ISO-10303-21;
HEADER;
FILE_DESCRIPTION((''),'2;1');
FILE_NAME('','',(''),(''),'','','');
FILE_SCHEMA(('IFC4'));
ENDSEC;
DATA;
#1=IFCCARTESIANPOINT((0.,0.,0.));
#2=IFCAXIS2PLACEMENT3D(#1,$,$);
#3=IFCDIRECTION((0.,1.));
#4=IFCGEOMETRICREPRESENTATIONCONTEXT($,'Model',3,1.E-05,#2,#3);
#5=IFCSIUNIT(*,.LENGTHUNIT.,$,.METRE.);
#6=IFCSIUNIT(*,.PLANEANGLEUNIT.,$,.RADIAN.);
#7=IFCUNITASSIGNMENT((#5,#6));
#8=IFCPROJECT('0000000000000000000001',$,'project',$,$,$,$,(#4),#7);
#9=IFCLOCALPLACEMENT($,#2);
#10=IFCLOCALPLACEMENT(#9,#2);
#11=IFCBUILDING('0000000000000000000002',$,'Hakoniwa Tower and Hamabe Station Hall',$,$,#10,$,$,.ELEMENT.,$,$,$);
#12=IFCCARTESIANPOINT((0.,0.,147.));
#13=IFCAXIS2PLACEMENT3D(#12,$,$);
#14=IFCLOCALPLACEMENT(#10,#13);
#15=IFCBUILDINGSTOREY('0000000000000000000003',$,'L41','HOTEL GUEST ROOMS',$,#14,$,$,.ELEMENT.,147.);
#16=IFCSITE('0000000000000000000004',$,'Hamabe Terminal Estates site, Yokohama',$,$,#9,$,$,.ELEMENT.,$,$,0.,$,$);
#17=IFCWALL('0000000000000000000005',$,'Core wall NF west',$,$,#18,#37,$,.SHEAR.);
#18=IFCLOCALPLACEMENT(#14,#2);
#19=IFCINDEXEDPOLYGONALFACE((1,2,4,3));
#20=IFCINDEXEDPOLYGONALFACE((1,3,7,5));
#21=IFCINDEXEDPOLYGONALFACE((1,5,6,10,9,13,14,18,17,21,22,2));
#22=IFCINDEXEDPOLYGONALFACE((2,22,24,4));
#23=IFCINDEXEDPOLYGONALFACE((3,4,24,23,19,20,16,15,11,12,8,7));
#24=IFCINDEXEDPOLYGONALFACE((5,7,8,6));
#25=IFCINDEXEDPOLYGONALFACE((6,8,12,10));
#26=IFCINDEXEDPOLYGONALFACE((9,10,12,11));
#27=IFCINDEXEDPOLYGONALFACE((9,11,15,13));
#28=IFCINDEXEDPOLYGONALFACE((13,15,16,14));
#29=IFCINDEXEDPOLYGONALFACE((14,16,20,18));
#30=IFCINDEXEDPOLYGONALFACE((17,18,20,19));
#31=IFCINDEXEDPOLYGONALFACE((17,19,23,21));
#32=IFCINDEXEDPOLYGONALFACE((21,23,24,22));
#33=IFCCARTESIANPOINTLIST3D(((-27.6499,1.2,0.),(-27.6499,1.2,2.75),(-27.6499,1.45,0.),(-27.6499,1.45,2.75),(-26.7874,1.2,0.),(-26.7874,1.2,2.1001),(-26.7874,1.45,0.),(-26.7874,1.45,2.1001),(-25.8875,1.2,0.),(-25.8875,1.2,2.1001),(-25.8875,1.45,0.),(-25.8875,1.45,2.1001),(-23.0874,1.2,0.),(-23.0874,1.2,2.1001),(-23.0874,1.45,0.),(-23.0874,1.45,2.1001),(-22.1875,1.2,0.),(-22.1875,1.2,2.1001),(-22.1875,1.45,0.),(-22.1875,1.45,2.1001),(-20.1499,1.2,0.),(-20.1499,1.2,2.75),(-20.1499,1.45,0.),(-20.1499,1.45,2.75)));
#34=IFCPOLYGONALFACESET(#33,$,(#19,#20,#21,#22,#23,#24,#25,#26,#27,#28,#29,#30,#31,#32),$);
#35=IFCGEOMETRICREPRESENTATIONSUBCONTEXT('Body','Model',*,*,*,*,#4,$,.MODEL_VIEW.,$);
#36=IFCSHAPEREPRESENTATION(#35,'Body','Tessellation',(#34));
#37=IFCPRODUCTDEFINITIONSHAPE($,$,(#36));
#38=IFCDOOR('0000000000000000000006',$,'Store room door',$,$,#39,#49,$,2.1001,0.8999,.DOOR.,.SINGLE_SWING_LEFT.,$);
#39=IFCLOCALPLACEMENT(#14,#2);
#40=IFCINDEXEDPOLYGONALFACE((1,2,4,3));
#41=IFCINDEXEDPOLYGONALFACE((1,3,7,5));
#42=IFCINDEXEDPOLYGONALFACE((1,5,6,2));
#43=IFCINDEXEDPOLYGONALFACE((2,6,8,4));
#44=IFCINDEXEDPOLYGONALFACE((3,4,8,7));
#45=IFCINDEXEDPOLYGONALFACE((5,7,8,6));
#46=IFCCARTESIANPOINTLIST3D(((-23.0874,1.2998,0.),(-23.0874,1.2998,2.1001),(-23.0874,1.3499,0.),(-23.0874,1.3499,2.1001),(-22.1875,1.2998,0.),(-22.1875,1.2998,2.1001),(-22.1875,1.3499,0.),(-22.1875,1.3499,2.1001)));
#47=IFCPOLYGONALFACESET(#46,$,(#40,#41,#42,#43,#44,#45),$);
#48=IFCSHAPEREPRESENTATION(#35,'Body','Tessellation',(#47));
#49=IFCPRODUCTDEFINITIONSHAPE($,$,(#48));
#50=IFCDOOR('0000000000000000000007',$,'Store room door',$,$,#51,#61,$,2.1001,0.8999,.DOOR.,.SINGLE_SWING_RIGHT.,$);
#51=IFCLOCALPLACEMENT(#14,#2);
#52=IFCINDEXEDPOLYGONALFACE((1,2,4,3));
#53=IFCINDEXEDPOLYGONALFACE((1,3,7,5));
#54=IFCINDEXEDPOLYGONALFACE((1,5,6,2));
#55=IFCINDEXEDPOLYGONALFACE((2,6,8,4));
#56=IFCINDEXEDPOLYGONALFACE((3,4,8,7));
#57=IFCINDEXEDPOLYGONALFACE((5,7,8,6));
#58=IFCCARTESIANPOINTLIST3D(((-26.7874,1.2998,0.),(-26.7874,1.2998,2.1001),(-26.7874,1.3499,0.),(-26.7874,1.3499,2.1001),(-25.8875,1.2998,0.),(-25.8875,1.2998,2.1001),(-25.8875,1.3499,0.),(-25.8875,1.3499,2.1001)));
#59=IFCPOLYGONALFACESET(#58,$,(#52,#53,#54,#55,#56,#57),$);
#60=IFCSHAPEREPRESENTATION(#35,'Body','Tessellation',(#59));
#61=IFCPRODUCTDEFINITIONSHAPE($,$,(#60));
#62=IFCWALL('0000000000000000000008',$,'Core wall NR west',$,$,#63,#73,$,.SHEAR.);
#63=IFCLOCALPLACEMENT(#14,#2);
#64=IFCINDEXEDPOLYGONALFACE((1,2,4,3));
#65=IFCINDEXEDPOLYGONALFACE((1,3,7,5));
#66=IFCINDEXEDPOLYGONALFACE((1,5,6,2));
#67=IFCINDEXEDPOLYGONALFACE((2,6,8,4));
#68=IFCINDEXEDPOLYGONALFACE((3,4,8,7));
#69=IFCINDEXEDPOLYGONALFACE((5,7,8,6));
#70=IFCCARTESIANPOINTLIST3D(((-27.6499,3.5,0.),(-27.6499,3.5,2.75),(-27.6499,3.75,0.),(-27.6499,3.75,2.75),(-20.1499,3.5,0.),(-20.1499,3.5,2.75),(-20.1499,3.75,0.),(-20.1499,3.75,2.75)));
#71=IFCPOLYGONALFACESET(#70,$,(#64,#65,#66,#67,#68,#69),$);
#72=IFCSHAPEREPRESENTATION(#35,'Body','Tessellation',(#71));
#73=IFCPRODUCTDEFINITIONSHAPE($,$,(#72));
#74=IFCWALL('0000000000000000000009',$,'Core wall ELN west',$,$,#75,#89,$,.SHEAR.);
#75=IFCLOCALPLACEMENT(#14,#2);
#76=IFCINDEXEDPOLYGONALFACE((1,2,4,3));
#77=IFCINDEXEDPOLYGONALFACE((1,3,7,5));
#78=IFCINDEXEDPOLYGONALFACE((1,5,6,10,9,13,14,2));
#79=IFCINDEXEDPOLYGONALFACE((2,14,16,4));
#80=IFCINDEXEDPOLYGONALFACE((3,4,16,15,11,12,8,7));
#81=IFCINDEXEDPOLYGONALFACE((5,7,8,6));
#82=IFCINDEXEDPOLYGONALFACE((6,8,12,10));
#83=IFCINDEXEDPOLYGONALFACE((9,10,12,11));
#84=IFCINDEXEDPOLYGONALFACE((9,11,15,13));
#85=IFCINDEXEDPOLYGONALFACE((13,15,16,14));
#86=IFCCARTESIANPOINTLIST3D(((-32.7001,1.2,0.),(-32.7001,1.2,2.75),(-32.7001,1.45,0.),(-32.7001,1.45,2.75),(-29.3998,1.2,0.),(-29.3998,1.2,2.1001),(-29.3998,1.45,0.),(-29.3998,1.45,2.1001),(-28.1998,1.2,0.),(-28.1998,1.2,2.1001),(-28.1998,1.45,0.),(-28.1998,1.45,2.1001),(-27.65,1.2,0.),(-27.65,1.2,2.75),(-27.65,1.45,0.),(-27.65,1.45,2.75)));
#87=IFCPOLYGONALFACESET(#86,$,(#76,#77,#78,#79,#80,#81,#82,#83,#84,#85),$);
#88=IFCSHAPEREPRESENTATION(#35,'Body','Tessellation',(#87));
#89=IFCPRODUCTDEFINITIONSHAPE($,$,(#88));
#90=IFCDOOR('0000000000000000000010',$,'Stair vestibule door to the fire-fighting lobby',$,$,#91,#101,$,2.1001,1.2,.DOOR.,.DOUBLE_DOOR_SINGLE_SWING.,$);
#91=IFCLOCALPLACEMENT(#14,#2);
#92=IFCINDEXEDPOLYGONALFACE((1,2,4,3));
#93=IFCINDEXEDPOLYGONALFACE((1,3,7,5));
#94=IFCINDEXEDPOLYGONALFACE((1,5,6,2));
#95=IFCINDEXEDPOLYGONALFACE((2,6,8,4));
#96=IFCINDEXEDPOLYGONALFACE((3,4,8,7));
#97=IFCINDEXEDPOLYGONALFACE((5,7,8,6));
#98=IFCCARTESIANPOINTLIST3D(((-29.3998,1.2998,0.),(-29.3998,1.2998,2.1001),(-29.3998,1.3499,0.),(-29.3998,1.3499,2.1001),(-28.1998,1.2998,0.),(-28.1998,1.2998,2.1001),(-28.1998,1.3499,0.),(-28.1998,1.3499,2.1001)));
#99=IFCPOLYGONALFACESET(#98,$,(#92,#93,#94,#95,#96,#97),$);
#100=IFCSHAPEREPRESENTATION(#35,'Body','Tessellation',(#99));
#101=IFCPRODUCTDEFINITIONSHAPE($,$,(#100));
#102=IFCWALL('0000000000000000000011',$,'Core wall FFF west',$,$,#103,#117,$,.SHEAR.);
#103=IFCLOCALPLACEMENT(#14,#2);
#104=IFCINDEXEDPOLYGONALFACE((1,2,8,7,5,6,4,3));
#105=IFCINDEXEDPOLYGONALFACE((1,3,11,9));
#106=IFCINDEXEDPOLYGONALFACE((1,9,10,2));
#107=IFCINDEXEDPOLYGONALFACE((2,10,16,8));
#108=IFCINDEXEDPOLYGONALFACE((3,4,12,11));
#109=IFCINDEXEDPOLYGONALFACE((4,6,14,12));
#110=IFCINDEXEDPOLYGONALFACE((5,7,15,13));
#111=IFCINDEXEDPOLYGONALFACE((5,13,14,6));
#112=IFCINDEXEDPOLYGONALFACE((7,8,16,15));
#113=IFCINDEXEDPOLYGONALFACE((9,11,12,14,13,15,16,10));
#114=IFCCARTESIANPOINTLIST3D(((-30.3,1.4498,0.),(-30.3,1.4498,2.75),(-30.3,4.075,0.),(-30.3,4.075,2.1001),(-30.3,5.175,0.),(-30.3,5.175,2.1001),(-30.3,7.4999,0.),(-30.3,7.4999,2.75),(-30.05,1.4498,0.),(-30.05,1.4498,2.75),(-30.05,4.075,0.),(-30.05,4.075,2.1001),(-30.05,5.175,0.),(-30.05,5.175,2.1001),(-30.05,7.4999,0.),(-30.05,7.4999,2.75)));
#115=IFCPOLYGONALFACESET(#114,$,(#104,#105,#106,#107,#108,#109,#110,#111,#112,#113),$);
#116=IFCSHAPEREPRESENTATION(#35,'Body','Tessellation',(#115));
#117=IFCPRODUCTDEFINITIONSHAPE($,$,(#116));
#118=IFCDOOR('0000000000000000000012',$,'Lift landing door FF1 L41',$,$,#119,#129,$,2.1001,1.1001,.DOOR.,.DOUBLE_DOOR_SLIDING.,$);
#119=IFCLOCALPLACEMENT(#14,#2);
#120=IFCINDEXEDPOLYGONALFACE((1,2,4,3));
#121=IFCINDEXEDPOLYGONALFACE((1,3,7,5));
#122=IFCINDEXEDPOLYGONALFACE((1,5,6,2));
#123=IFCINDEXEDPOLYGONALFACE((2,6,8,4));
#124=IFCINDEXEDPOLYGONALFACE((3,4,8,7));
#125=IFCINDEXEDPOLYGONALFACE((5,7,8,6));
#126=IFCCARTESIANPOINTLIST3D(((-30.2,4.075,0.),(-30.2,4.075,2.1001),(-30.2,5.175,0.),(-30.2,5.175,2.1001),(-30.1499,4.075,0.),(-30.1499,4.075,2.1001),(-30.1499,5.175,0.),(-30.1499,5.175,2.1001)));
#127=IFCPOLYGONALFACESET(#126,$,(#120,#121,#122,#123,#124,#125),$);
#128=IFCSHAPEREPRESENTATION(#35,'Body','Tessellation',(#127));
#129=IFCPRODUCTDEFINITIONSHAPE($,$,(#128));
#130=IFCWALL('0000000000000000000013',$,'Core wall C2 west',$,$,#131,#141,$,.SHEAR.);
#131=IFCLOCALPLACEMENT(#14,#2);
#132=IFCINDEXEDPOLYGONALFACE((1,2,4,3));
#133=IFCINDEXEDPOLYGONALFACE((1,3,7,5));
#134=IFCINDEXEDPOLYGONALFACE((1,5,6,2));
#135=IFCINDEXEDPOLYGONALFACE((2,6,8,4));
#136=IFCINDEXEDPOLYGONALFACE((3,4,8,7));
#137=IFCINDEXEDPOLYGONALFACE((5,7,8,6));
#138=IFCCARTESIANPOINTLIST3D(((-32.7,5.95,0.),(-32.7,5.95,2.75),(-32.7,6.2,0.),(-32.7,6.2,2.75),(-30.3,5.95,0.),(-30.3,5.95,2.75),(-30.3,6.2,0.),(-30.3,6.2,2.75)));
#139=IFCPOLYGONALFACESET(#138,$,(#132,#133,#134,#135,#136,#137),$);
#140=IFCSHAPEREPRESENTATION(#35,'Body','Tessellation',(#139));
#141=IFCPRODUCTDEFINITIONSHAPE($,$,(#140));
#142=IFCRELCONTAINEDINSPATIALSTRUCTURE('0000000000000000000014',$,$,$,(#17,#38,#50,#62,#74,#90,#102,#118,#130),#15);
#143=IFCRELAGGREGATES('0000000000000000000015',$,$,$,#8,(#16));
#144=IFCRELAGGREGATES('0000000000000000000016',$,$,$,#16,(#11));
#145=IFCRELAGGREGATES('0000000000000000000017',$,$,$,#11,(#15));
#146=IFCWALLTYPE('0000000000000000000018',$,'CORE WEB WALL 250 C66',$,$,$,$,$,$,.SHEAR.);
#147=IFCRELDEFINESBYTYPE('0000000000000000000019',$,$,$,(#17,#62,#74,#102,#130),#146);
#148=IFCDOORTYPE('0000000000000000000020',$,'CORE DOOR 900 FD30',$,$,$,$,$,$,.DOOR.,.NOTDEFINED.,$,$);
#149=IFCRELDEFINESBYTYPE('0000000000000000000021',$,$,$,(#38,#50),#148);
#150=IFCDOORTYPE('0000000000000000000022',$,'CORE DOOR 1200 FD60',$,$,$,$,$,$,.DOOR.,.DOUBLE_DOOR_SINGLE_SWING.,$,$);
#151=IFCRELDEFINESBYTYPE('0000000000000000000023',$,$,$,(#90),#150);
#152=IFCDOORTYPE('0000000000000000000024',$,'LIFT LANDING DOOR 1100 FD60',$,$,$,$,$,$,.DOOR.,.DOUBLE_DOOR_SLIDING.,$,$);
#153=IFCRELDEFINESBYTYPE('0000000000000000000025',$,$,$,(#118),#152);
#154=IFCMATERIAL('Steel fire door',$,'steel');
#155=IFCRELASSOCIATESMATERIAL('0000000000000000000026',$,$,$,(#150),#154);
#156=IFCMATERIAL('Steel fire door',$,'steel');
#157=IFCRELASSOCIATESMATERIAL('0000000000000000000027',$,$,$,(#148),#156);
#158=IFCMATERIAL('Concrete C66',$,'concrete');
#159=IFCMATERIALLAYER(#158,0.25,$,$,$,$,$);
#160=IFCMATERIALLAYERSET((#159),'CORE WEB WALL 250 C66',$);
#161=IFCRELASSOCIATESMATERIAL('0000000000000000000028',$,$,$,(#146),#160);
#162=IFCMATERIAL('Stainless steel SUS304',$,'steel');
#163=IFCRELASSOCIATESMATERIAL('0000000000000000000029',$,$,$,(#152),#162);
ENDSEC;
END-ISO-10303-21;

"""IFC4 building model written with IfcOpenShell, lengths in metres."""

from ifc_helpers import new_model, si_unit, direction, frame, frame_2d, origin, place, context, subcontext, project, spatial, rectangle, extrude, material, layer, layer_set, type_object, element, fill, save


model = new_model("IFC4")

# Units and contexts
model_context = context("Model", 3, precision=1e-05, world=origin(), true_north=direction((0.0, 1.0)))
body_context = subcontext(model_context, "Body", "Model", "MODEL_VIEW")
ifc_project = project(units=[si_unit("LENGTHUNIT", "METRE"), si_unit("PLANEANGLEUNIT", "RADIAN")], contexts=[model_context])

# Site, building, storey
site_placement = place(None, origin())
site = spatial("IfcSite", under=ifc_project, at=site_placement, Name="Hamabe Terminal Estates site, Yokohama", CompositionType="ELEMENT", RefElevation=0.0)
building_placement = place(site_placement, origin())
building = spatial("IfcBuilding", under=site, at=building_placement, Name="Hakoniwa Tower and Hamabe Station Hall", CompositionType="ELEMENT")
storey_placement = place(building_placement, frame((0.0, 0.0, 147.0)))
storey = spatial("IfcBuildingStorey", under=building, at=storey_placement, Name="L41", Description="HOTEL GUEST ROOMS", CompositionType="ELEMENT", Elevation=147.0)

# Shared definitions
ifc_material_1 = material(Name="Steel fire door", Category="steel")
door_type_1 = type_object("IfcDoorType", Name="CORE DOOR 1200 FD60", OperationType="DOUBLE_DOOR_SINGLE_SWING", PredefinedType="DOOR", material=ifc_material_1)
ifc_material_2 = material(Name="Steel fire door", Category="steel")
door_type_2 = type_object("IfcDoorType", Name="CORE DOOR 900 FD30", OperationType="NOTDEFINED", PredefinedType="DOOR", material=ifc_material_2)

# Wall, openings, doors
ifc_material_3 = material(Name="Concrete C66", Category="concrete")
ifc_layer_1 = layer(ifc_material_3, 0.25)
ifc_layer_set_1 = layer_set([ifc_layer_1], Name="CORE WEB WALL 250 C66")
wall_type_1 = type_object("IfcWallType", Name="CORE WEB WALL 250 C66", PredefinedType="SHEAR", material=ifc_layer_set_1)
wall_1_placement = place(storey_placement, frame((-27.6499, 1.325, 0.0), z_axis=(0.0, 0.0, 1.0), x_axis=(1.0, 0.0, 0.0)))
wall_1 = element("IfcWall", 1, at=wall_1_placement, inside=storey, type_object=wall_type_1, Name="Core wall NF west", PredefinedType="SHEAR", context=body_context, shape_type="SweptSolid", body=[
    extrude(rectangle(XDim=7.5, YDim=0.25, at=frame_2d((3.75, 0.0))), origin(), (0.0, 0.0, 1.0), 2.75),
])
opening_1_placement = place(wall_1_placement, frame((4.5625, 0.0, 0.0)))
opening_1 = element("IfcOpeningElement", 2, at=opening_1_placement, cuts=wall_1, PredefinedType="OPENING", context=body_context, shape_type="SweptSolid", body=[
    extrude(rectangle(XDim=0.8999, YDim=2.1001, at=frame_2d((0.45, 1.05))), frame((0.0, 0.135, 0.0), z_axis=(0.0, -1.0, 0.0), x_axis=(1.0, 0.0, 0.0)), (0.0, 0.0, 1.0), 0.27),
])
opening_2_placement = place(wall_1_placement, frame((0.8625, 0.0, 0.0)))
opening_2 = element("IfcOpeningElement", 3, at=opening_2_placement, cuts=wall_1, PredefinedType="OPENING", context=body_context, shape_type="SweptSolid", body=[
    extrude(rectangle(XDim=0.8999, YDim=2.1001, at=frame_2d((0.45, 1.05))), frame((0.0, 0.135, 0.0), z_axis=(0.0, -1.0, 0.0), x_axis=(1.0, 0.0, 0.0)), (0.0, 0.0, 1.0), 0.27),
])
door_1_placement = place(opening_1_placement, origin())
door_1 = element("IfcDoor", 4, at=door_1_placement, inside=storey, type_object=door_type_2, Name="Store room door", OperationType="SINGLE_SWING_LEFT", OverallHeight=2.1001, OverallWidth=0.8999, PredefinedType="DOOR", context=body_context, shape_type="SweptSolid", body=[
    extrude(rectangle(XDim=0.8999, YDim=2.1001, at=frame_2d((0.45, 1.05))), frame((0.0, 0.0249, 0.0), z_axis=(0.0, -1.0, 0.0), x_axis=(1.0, 0.0, 0.0)), (0.0, 0.0, 1.0), 0.05),
])
fill(opening_1, door_1)
door_2_placement = place(opening_2_placement, origin())
door_2 = element("IfcDoor", 5, at=door_2_placement, inside=storey, type_object=door_type_2, Name="Store room door", OperationType="SINGLE_SWING_RIGHT", OverallHeight=2.1001, OverallWidth=0.8999, PredefinedType="DOOR", context=body_context, shape_type="SweptSolid", body=[
    extrude(rectangle(XDim=0.8999, YDim=2.1001, at=frame_2d((0.45, 1.05))), frame((0.0, 0.0249, 0.0), z_axis=(0.0, -1.0, 0.0), x_axis=(1.0, 0.0, 0.0)), (0.0, 0.0, 1.0), 0.05),
])
fill(opening_2, door_2)

# Wall
wall_2_placement = place(storey_placement, frame((-27.6499, 3.625, 0.0), z_axis=(0.0, 0.0, 1.0), x_axis=(1.0, 0.0, 0.0)))
element("IfcWall", 6, at=wall_2_placement, inside=storey, type_object=wall_type_1, Name="Core wall NR west", PredefinedType="SHEAR", context=body_context, shape_type="SweptSolid", body=[
    extrude(rectangle(XDim=7.5, YDim=0.25, at=frame_2d((3.75, 0.0))), origin(), (0.0, 0.0, 1.0), 2.75),
])

# Walls, openings, doors
wall_3_placement = place(storey_placement, frame((-32.7, 1.325, 0.0), z_axis=(0.0, 0.0, 1.0), x_axis=(1.0, 0.0, 0.0)))
wall_3 = element("IfcWall", 7, at=wall_3_placement, inside=storey, type_object=wall_type_1, Name="Core wall ELN west", PredefinedType="SHEAR", context=body_context, shape_type="SweptSolid", body=[
    extrude(rectangle(XDim=5.05, YDim=0.25, at=frame_2d((2.5249, 0.0))), origin(), (0.0, 0.0, 1.0), 2.75),
])
opening_3_placement = place(wall_3_placement, frame((3.3, 0.0, 0.0)))
opening_3 = element("IfcOpeningElement", 8, at=opening_3_placement, cuts=wall_3, PredefinedType="OPENING", context=body_context, shape_type="SweptSolid", body=[
    extrude(rectangle(XDim=1.2, YDim=2.1001, at=frame_2d((0.6001, 1.05))), frame((0.0, 0.135, 0.0), z_axis=(0.0, -1.0, 0.0), x_axis=(1.0, 0.0, 0.0)), (0.0, 0.0, 1.0), 0.27),
])
door_3_placement = place(opening_3_placement, origin())
door_3 = element("IfcDoor", 9, at=door_3_placement, inside=storey, type_object=door_type_1, Name="Stair vestibule door to the fire-fighting lobby", OperationType="DOUBLE_DOOR_SINGLE_SWING", OverallHeight=2.1001, OverallWidth=1.2, PredefinedType="DOOR", context=body_context, shape_type="SweptSolid", body=[
    extrude(rectangle(XDim=1.2, YDim=2.1001, at=frame_2d((0.6001, 1.05))), frame((0.0, 0.0249, 0.0), z_axis=(0.0, -1.0, 0.0), x_axis=(1.0, 0.0, 0.0)), (0.0, 0.0, 1.0), 0.05),
])
fill(opening_3, door_3)
wall_4_placement = place(storey_placement, frame((-30.175, 1.45, 0.0), z_axis=(0.0, 0.0, 1.0), x_axis=(0.0, 1.0, 0.0)))
wall_4 = element("IfcWall", 10, at=wall_4_placement, inside=storey, type_object=wall_type_1, Name="Core wall FFF west", PredefinedType="SHEAR", context=body_context, shape_type="SweptSolid", body=[
    extrude(rectangle(XDim=6.05, YDim=0.25, at=frame_2d((3.0249, 0.0))), origin(), (0.0, 0.0, 1.0), 2.75),
])
opening_4_placement = place(wall_4_placement, frame((2.625, 0.0, 0.0)))
opening_4 = element("IfcOpeningElement", 11, at=opening_4_placement, cuts=wall_4, PredefinedType="OPENING", context=body_context, shape_type="SweptSolid", body=[
    extrude(rectangle(XDim=1.1001, YDim=2.1001, at=frame_2d((0.55, 1.05))), frame((0.0, 0.135, 0.0), z_axis=(0.0, -1.0, 0.0), x_axis=(1.0, 0.0, 0.0)), (0.0, 0.0, 1.0), 0.27),
])
ifc_material_4 = material(Name="Stainless steel SUS304", Category="steel")
door_type_3 = type_object("IfcDoorType", Name="LIFT LANDING DOOR 1100 FD60", OperationType="DOUBLE_DOOR_SLIDING", PredefinedType="DOOR", material=ifc_material_4)
door_4_placement = place(opening_4_placement, origin())
door_4 = element("IfcDoor", 12, at=door_4_placement, inside=storey, type_object=door_type_3, Name="Lift landing door FF1 L41", OperationType="DOUBLE_DOOR_SLIDING", OverallHeight=2.1001, OverallWidth=1.1001, PredefinedType="DOOR", context=body_context, shape_type="SweptSolid", body=[
    extrude(rectangle(XDim=1.1001, YDim=2.1001, at=frame_2d((0.55, 1.05))), frame((0.0, 0.0249, 0.0), z_axis=(0.0, -1.0, 0.0), x_axis=(1.0, 0.0, 0.0)), (0.0, 0.0, 1.0), 0.05),
])
fill(opening_4, door_4)

# Wall
wall_5_placement = place(storey_placement, frame((-32.7, 6.075, 0.0), z_axis=(0.0, 0.0, 1.0), x_axis=(1.0, 0.0, 0.0)))
element("IfcWall", 13, at=wall_5_placement, inside=storey, type_object=wall_type_1, Name="Core wall C2 west", PredefinedType="SHEAR", context=body_context, shape_type="SweptSolid", body=[
    extrude(rectangle(XDim=2.3999, YDim=0.25, at=frame_2d((1.2, 0.0))), origin(), (0.0, 0.0, 1.0), 2.75),
])

save(model, "model.ifc")
